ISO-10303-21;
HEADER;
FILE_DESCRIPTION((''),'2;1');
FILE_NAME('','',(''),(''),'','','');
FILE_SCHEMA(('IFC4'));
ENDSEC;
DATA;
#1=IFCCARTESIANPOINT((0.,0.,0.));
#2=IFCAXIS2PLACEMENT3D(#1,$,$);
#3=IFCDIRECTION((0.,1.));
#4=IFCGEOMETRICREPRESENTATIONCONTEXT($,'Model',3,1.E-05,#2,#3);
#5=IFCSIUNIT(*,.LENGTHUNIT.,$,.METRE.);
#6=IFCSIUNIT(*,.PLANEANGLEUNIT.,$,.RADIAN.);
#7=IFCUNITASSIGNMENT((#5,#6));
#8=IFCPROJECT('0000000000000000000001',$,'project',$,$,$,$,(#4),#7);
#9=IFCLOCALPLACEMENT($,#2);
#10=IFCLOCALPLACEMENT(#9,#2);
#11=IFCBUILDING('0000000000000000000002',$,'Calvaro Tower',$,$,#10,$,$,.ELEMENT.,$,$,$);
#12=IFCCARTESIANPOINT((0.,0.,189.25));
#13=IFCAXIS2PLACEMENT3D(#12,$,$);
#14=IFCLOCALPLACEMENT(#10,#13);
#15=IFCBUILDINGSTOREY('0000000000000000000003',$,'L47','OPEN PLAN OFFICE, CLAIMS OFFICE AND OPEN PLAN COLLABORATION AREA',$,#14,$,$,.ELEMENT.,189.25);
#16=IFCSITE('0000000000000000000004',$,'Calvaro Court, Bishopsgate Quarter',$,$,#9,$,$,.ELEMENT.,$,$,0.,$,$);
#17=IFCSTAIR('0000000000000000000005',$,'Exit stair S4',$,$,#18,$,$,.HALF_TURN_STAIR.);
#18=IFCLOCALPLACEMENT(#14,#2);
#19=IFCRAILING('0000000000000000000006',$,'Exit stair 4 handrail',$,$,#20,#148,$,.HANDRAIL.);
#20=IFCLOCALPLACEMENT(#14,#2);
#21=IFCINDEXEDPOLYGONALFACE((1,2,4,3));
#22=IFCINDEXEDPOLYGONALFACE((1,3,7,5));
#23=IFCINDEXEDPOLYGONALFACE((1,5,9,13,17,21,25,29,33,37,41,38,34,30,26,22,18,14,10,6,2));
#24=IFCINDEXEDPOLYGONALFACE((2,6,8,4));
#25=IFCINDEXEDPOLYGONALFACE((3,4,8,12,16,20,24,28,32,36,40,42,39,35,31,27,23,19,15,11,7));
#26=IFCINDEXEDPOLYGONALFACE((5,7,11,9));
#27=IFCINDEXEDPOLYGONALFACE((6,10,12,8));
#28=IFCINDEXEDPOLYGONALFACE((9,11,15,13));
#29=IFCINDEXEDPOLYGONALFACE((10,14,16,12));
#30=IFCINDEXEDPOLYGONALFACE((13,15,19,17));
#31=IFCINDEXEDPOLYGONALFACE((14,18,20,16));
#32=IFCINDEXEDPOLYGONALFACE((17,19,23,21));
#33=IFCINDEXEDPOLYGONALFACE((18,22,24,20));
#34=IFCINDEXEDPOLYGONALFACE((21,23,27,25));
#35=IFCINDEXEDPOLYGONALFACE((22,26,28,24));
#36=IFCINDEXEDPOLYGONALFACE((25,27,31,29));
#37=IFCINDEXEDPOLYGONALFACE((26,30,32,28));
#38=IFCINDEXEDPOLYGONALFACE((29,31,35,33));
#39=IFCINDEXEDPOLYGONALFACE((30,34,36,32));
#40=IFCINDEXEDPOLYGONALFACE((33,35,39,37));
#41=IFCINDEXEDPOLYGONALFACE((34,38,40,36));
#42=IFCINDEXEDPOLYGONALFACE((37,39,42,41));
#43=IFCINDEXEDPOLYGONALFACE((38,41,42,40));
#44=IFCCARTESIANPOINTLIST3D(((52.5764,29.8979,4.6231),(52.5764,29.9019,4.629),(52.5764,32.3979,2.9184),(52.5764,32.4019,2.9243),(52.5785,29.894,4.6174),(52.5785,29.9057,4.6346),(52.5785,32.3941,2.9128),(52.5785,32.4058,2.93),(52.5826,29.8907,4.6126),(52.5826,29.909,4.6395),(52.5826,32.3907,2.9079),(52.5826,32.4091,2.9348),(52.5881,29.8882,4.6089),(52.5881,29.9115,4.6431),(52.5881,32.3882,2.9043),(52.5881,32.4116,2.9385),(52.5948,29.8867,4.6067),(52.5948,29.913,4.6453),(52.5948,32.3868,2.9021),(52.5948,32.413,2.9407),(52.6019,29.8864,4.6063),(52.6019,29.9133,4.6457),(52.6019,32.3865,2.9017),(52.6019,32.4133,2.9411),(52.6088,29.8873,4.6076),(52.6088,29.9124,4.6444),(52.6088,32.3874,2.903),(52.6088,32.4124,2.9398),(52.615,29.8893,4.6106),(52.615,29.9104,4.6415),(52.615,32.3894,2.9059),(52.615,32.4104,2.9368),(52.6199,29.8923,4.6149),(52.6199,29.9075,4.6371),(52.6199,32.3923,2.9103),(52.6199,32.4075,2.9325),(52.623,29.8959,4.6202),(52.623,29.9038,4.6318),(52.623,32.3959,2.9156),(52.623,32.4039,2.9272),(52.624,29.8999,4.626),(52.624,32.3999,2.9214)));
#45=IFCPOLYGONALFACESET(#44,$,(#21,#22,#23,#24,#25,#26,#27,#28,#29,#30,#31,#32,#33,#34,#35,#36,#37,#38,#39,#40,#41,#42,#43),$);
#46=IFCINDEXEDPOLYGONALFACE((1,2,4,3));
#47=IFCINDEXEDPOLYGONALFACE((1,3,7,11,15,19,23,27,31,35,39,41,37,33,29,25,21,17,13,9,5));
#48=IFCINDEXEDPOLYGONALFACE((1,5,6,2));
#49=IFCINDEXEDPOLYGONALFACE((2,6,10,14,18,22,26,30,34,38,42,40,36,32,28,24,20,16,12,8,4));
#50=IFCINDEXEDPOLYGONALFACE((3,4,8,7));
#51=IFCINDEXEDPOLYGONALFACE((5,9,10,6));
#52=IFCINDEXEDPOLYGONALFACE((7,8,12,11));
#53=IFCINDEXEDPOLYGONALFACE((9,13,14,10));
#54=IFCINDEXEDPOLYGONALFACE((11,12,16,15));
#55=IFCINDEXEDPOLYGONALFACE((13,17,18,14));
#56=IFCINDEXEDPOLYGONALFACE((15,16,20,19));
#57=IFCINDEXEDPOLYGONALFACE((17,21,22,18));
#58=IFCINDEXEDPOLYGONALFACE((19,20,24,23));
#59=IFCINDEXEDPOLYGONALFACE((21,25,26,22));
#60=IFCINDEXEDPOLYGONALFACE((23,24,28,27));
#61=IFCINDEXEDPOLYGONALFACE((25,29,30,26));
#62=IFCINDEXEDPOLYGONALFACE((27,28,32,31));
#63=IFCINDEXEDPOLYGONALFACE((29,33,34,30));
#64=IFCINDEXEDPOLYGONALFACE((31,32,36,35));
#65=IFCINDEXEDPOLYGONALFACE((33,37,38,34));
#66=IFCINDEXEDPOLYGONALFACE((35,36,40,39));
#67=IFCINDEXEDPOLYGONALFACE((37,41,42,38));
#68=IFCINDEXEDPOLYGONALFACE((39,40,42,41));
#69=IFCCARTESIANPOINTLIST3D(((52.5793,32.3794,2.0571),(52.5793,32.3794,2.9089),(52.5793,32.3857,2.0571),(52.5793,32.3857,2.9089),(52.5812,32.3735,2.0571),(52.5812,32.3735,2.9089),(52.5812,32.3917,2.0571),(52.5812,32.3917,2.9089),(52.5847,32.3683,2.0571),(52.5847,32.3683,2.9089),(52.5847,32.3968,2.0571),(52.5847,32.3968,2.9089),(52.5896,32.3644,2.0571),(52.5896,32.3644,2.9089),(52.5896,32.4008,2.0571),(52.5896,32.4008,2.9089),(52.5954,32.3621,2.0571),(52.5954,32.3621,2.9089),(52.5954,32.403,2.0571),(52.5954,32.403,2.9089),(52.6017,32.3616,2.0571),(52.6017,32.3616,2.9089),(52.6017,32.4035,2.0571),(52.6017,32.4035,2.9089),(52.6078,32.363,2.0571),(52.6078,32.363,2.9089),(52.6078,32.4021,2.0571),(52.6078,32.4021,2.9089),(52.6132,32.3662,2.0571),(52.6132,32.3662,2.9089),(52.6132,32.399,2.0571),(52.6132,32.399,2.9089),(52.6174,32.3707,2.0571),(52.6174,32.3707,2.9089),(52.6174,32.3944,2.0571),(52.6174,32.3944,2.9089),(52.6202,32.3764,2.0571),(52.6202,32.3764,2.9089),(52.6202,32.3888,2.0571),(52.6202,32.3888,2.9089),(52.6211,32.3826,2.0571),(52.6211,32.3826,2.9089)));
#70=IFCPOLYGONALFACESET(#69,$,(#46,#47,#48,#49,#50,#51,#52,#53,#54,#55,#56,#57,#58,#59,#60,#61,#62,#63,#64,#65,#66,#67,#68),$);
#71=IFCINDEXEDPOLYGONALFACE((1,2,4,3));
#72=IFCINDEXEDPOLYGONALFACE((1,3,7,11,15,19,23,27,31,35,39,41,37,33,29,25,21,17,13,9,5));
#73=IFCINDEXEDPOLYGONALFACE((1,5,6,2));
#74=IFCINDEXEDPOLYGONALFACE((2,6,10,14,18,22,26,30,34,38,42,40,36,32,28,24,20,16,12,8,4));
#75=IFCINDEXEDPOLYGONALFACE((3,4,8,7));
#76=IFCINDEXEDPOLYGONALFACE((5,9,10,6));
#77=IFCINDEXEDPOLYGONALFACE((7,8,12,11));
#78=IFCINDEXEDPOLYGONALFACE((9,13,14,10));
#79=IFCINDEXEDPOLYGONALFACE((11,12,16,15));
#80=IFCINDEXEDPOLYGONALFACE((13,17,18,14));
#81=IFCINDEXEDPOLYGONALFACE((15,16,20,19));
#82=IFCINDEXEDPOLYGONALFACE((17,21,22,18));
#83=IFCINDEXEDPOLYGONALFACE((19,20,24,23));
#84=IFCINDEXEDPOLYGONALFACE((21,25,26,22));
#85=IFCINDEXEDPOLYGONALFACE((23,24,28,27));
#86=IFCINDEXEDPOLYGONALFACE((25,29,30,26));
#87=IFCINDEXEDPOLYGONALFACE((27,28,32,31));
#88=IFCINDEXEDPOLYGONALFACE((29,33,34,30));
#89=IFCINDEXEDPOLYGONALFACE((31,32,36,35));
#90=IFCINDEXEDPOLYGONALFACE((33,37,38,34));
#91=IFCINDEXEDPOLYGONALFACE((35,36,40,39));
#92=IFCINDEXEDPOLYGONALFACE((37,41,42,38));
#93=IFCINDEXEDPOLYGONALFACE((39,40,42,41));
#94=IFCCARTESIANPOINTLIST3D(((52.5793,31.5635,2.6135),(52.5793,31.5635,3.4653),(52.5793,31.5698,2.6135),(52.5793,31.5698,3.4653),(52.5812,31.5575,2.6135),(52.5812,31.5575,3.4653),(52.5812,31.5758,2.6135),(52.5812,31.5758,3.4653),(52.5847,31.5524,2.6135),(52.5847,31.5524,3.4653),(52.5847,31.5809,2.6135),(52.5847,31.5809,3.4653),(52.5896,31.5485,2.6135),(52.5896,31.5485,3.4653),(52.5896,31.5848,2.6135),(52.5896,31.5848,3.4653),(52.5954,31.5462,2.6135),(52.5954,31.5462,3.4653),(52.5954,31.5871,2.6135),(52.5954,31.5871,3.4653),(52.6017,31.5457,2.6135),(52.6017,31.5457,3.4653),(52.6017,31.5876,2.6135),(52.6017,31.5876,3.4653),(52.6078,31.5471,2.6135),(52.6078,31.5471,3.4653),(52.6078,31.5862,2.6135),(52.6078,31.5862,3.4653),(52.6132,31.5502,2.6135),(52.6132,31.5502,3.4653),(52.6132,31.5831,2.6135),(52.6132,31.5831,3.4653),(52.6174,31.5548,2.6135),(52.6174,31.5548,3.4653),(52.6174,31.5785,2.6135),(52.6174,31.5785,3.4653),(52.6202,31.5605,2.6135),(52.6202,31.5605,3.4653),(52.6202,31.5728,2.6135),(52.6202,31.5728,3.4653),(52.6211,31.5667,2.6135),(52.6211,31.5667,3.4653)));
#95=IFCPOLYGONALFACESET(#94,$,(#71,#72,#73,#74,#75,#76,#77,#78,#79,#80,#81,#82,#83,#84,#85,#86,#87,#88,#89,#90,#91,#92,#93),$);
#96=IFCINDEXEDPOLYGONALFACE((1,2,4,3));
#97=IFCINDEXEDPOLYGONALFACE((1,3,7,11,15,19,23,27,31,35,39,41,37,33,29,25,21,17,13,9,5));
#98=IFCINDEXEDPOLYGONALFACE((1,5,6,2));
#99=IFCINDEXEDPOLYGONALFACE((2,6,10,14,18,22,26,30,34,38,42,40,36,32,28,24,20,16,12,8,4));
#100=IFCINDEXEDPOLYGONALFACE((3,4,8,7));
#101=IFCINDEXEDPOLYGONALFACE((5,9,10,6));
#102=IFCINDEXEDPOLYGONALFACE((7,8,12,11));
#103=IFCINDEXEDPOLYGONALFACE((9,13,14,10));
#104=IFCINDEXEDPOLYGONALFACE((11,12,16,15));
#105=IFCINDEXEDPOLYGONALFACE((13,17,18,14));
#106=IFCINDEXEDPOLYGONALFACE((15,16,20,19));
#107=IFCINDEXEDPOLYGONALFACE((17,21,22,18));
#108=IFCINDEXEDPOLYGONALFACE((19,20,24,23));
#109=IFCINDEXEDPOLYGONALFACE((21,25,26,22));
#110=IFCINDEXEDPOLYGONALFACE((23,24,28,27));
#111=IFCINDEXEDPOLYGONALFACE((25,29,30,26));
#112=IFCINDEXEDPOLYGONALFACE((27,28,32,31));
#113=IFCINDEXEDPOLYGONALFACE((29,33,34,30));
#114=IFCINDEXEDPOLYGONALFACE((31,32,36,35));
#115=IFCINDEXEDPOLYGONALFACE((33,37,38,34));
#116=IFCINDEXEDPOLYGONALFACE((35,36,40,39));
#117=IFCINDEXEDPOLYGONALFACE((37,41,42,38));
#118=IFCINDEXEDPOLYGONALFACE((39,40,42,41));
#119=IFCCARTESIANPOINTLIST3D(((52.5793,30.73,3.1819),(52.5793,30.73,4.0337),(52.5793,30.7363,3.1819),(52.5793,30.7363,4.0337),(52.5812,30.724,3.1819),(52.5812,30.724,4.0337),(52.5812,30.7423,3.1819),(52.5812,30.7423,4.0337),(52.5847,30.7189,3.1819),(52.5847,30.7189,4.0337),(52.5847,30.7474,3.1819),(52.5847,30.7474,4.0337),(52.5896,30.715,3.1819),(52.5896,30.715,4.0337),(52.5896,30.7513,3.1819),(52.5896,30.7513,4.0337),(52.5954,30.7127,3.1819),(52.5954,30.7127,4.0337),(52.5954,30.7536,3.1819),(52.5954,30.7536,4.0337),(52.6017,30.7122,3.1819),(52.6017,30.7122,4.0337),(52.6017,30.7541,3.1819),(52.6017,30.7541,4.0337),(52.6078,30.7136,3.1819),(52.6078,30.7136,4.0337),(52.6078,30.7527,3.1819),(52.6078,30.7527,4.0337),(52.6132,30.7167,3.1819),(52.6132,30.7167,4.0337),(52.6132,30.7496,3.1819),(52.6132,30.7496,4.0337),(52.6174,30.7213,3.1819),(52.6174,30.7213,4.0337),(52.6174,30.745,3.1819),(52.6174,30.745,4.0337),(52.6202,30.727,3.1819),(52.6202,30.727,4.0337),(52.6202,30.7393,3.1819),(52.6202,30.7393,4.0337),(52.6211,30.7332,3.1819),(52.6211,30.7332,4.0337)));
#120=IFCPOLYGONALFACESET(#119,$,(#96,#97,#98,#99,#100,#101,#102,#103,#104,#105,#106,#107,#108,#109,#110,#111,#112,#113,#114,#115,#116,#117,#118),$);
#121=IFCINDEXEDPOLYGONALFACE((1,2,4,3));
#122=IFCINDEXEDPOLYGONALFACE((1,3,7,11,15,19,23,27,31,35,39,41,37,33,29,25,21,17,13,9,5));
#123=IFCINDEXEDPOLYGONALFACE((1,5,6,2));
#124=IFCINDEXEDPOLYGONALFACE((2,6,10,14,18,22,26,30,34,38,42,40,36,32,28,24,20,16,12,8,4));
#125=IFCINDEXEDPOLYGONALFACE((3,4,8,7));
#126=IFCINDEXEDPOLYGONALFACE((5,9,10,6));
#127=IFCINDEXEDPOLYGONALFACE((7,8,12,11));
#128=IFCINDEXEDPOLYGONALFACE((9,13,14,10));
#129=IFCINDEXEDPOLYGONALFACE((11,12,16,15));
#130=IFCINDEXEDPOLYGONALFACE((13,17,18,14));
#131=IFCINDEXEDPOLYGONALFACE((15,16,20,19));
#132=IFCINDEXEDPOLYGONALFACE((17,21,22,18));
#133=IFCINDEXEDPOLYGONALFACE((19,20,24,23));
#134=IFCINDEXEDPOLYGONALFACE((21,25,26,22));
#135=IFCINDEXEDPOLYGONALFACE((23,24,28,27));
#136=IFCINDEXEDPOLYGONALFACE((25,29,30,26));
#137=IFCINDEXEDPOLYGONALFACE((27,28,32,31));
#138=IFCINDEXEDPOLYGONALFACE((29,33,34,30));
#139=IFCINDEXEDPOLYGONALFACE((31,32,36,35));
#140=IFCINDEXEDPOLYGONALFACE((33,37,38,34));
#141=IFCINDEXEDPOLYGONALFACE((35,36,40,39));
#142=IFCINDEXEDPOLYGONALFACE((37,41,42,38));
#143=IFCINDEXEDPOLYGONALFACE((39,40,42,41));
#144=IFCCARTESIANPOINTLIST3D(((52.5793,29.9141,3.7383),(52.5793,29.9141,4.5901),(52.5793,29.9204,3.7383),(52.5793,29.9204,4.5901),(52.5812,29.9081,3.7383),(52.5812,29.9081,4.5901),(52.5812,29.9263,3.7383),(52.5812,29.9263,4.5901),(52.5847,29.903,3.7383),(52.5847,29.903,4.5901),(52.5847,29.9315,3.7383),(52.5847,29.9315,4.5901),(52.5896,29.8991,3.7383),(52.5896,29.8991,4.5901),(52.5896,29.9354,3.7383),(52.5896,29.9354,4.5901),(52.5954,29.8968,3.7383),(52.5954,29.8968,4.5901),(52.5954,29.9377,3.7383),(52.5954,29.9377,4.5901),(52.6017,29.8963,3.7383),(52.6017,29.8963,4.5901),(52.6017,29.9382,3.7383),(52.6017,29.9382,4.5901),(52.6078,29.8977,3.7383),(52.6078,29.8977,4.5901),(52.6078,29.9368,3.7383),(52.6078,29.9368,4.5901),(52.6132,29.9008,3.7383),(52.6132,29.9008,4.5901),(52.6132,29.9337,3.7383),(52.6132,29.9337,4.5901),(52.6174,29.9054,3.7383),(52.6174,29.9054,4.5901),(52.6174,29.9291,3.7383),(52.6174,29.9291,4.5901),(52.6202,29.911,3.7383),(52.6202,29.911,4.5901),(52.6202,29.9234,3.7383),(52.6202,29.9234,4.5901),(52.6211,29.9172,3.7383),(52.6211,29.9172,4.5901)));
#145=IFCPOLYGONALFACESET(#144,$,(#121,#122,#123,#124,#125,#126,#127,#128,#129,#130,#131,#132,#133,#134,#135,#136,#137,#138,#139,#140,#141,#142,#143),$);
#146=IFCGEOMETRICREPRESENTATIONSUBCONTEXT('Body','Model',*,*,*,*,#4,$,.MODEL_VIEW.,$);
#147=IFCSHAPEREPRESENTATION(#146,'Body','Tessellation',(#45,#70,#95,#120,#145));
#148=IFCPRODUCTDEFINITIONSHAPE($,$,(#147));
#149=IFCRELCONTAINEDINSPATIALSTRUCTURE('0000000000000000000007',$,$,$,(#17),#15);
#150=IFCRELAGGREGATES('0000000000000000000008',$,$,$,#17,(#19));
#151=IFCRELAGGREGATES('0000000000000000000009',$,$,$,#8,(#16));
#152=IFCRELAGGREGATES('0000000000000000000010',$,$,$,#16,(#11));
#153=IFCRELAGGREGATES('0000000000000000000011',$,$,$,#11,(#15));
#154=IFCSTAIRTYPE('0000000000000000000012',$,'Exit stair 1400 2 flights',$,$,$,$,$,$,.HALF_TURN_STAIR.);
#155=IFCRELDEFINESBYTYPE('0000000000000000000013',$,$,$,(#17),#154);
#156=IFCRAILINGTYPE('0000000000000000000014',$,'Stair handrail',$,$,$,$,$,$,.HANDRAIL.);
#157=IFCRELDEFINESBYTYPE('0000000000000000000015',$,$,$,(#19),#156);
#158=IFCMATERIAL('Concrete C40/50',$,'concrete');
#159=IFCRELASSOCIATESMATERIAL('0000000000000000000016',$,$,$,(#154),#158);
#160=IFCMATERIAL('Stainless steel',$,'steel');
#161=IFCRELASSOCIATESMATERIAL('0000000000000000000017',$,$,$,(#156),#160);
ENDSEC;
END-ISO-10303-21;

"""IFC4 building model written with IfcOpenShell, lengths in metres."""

from ifc_helpers import new_model, si_unit, direction, frame, origin, origin_2d, place, context, subcontext, project, spatial, circle, extrude, material, type_object, element, aggregate, save


model = new_model("IFC4")

# Units and contexts
model_context = context("Model", 3, precision=1e-05, world=origin(), true_north=direction((0.0, 1.0)))
body_context = subcontext(model_context, "Body", "Model", "MODEL_VIEW")
ifc_project = project(units=[si_unit("LENGTHUNIT", "METRE"), si_unit("PLANEANGLEUNIT", "RADIAN")], contexts=[model_context])

# Site, building, storey
site_placement = place(None, origin())
site = spatial("IfcSite", under=ifc_project, at=site_placement, Name="Calvaro Court, Bishopsgate Quarter", CompositionType="ELEMENT", RefElevation=0.0)
building_placement = place(site_placement, origin())
building = spatial("IfcBuilding", under=site, at=building_placement, Name="Calvaro Tower", CompositionType="ELEMENT")
storey_placement = place(building_placement, frame((0.0, 0.0, 189.25)))
storey = spatial("IfcBuildingStorey", under=building, at=storey_placement, Name="L47", Description="OPEN PLAN OFFICE, CLAIMS OFFICE AND OPEN PLAN COLLABORATION AREA", CompositionType="ELEMENT", Elevation=189.25)

# Stair
ifc_material_1 = material(Name="Concrete C40/50", Category="concrete")
stair_type = type_object("IfcStairType", Name="Exit stair 1400 2 flights", PredefinedType="HALF_TURN_STAIR", material=ifc_material_1)
stair_1_placement = place(storey_placement, origin())
stair_1 = element("IfcStair", 1, at=stair_1_placement, inside=storey, type_object=stair_type, Name="Exit stair S4", PredefinedType="HALF_TURN_STAIR")

# Railing
ifc_material_2 = material(Name="Stainless steel", Category="steel")
railing_type = type_object("IfcRailingType", Name="Stair handrail", PredefinedType="HANDRAIL", material=ifc_material_2)
railing_1_placement = place(storey_placement, frame((52.6001, 32.3999, 2.0454)))
railing_1 = element("IfcRailing", 2, at=railing_1_placement, type_object=railing_type, Name="Exit stair 4 handrail", PredefinedType="HANDRAIL", context=body_context, shape_type="SweptSolid", body=[
    extrude(circle(Radius=0.0239, at=origin_2d()), frame((0.0, 0.0, 0.876), z_axis=(0.0, -0.826221, 0.563347), x_axis=(1.0, 0.0, 0.0)), (0.0, 0.0, 1.0), 3.0259),
    extrude(circle(Radius=0.021, at=origin_2d()), frame((0.0, -0.0173, 0.0117)), (0.0, 0.0, 1.0), 0.8518),
    extrude(circle(Radius=0.021, at=origin_2d()), frame((0.0, -0.8333, 0.5681)), (0.0, 0.0, 1.0), 0.8518),
    extrude(circle(Radius=0.021, at=origin_2d()), frame((0.0, -1.6667, 1.1365)), (0.0, 0.0, 1.0), 0.8518),
    extrude(circle(Radius=0.021, at=origin_2d()), frame((0.0, -2.4827, 1.6929)), (0.0, 0.0, 1.0), 0.8518),
])
aggregate(stair_1, [railing_1])

save(model, "model.ifc")
